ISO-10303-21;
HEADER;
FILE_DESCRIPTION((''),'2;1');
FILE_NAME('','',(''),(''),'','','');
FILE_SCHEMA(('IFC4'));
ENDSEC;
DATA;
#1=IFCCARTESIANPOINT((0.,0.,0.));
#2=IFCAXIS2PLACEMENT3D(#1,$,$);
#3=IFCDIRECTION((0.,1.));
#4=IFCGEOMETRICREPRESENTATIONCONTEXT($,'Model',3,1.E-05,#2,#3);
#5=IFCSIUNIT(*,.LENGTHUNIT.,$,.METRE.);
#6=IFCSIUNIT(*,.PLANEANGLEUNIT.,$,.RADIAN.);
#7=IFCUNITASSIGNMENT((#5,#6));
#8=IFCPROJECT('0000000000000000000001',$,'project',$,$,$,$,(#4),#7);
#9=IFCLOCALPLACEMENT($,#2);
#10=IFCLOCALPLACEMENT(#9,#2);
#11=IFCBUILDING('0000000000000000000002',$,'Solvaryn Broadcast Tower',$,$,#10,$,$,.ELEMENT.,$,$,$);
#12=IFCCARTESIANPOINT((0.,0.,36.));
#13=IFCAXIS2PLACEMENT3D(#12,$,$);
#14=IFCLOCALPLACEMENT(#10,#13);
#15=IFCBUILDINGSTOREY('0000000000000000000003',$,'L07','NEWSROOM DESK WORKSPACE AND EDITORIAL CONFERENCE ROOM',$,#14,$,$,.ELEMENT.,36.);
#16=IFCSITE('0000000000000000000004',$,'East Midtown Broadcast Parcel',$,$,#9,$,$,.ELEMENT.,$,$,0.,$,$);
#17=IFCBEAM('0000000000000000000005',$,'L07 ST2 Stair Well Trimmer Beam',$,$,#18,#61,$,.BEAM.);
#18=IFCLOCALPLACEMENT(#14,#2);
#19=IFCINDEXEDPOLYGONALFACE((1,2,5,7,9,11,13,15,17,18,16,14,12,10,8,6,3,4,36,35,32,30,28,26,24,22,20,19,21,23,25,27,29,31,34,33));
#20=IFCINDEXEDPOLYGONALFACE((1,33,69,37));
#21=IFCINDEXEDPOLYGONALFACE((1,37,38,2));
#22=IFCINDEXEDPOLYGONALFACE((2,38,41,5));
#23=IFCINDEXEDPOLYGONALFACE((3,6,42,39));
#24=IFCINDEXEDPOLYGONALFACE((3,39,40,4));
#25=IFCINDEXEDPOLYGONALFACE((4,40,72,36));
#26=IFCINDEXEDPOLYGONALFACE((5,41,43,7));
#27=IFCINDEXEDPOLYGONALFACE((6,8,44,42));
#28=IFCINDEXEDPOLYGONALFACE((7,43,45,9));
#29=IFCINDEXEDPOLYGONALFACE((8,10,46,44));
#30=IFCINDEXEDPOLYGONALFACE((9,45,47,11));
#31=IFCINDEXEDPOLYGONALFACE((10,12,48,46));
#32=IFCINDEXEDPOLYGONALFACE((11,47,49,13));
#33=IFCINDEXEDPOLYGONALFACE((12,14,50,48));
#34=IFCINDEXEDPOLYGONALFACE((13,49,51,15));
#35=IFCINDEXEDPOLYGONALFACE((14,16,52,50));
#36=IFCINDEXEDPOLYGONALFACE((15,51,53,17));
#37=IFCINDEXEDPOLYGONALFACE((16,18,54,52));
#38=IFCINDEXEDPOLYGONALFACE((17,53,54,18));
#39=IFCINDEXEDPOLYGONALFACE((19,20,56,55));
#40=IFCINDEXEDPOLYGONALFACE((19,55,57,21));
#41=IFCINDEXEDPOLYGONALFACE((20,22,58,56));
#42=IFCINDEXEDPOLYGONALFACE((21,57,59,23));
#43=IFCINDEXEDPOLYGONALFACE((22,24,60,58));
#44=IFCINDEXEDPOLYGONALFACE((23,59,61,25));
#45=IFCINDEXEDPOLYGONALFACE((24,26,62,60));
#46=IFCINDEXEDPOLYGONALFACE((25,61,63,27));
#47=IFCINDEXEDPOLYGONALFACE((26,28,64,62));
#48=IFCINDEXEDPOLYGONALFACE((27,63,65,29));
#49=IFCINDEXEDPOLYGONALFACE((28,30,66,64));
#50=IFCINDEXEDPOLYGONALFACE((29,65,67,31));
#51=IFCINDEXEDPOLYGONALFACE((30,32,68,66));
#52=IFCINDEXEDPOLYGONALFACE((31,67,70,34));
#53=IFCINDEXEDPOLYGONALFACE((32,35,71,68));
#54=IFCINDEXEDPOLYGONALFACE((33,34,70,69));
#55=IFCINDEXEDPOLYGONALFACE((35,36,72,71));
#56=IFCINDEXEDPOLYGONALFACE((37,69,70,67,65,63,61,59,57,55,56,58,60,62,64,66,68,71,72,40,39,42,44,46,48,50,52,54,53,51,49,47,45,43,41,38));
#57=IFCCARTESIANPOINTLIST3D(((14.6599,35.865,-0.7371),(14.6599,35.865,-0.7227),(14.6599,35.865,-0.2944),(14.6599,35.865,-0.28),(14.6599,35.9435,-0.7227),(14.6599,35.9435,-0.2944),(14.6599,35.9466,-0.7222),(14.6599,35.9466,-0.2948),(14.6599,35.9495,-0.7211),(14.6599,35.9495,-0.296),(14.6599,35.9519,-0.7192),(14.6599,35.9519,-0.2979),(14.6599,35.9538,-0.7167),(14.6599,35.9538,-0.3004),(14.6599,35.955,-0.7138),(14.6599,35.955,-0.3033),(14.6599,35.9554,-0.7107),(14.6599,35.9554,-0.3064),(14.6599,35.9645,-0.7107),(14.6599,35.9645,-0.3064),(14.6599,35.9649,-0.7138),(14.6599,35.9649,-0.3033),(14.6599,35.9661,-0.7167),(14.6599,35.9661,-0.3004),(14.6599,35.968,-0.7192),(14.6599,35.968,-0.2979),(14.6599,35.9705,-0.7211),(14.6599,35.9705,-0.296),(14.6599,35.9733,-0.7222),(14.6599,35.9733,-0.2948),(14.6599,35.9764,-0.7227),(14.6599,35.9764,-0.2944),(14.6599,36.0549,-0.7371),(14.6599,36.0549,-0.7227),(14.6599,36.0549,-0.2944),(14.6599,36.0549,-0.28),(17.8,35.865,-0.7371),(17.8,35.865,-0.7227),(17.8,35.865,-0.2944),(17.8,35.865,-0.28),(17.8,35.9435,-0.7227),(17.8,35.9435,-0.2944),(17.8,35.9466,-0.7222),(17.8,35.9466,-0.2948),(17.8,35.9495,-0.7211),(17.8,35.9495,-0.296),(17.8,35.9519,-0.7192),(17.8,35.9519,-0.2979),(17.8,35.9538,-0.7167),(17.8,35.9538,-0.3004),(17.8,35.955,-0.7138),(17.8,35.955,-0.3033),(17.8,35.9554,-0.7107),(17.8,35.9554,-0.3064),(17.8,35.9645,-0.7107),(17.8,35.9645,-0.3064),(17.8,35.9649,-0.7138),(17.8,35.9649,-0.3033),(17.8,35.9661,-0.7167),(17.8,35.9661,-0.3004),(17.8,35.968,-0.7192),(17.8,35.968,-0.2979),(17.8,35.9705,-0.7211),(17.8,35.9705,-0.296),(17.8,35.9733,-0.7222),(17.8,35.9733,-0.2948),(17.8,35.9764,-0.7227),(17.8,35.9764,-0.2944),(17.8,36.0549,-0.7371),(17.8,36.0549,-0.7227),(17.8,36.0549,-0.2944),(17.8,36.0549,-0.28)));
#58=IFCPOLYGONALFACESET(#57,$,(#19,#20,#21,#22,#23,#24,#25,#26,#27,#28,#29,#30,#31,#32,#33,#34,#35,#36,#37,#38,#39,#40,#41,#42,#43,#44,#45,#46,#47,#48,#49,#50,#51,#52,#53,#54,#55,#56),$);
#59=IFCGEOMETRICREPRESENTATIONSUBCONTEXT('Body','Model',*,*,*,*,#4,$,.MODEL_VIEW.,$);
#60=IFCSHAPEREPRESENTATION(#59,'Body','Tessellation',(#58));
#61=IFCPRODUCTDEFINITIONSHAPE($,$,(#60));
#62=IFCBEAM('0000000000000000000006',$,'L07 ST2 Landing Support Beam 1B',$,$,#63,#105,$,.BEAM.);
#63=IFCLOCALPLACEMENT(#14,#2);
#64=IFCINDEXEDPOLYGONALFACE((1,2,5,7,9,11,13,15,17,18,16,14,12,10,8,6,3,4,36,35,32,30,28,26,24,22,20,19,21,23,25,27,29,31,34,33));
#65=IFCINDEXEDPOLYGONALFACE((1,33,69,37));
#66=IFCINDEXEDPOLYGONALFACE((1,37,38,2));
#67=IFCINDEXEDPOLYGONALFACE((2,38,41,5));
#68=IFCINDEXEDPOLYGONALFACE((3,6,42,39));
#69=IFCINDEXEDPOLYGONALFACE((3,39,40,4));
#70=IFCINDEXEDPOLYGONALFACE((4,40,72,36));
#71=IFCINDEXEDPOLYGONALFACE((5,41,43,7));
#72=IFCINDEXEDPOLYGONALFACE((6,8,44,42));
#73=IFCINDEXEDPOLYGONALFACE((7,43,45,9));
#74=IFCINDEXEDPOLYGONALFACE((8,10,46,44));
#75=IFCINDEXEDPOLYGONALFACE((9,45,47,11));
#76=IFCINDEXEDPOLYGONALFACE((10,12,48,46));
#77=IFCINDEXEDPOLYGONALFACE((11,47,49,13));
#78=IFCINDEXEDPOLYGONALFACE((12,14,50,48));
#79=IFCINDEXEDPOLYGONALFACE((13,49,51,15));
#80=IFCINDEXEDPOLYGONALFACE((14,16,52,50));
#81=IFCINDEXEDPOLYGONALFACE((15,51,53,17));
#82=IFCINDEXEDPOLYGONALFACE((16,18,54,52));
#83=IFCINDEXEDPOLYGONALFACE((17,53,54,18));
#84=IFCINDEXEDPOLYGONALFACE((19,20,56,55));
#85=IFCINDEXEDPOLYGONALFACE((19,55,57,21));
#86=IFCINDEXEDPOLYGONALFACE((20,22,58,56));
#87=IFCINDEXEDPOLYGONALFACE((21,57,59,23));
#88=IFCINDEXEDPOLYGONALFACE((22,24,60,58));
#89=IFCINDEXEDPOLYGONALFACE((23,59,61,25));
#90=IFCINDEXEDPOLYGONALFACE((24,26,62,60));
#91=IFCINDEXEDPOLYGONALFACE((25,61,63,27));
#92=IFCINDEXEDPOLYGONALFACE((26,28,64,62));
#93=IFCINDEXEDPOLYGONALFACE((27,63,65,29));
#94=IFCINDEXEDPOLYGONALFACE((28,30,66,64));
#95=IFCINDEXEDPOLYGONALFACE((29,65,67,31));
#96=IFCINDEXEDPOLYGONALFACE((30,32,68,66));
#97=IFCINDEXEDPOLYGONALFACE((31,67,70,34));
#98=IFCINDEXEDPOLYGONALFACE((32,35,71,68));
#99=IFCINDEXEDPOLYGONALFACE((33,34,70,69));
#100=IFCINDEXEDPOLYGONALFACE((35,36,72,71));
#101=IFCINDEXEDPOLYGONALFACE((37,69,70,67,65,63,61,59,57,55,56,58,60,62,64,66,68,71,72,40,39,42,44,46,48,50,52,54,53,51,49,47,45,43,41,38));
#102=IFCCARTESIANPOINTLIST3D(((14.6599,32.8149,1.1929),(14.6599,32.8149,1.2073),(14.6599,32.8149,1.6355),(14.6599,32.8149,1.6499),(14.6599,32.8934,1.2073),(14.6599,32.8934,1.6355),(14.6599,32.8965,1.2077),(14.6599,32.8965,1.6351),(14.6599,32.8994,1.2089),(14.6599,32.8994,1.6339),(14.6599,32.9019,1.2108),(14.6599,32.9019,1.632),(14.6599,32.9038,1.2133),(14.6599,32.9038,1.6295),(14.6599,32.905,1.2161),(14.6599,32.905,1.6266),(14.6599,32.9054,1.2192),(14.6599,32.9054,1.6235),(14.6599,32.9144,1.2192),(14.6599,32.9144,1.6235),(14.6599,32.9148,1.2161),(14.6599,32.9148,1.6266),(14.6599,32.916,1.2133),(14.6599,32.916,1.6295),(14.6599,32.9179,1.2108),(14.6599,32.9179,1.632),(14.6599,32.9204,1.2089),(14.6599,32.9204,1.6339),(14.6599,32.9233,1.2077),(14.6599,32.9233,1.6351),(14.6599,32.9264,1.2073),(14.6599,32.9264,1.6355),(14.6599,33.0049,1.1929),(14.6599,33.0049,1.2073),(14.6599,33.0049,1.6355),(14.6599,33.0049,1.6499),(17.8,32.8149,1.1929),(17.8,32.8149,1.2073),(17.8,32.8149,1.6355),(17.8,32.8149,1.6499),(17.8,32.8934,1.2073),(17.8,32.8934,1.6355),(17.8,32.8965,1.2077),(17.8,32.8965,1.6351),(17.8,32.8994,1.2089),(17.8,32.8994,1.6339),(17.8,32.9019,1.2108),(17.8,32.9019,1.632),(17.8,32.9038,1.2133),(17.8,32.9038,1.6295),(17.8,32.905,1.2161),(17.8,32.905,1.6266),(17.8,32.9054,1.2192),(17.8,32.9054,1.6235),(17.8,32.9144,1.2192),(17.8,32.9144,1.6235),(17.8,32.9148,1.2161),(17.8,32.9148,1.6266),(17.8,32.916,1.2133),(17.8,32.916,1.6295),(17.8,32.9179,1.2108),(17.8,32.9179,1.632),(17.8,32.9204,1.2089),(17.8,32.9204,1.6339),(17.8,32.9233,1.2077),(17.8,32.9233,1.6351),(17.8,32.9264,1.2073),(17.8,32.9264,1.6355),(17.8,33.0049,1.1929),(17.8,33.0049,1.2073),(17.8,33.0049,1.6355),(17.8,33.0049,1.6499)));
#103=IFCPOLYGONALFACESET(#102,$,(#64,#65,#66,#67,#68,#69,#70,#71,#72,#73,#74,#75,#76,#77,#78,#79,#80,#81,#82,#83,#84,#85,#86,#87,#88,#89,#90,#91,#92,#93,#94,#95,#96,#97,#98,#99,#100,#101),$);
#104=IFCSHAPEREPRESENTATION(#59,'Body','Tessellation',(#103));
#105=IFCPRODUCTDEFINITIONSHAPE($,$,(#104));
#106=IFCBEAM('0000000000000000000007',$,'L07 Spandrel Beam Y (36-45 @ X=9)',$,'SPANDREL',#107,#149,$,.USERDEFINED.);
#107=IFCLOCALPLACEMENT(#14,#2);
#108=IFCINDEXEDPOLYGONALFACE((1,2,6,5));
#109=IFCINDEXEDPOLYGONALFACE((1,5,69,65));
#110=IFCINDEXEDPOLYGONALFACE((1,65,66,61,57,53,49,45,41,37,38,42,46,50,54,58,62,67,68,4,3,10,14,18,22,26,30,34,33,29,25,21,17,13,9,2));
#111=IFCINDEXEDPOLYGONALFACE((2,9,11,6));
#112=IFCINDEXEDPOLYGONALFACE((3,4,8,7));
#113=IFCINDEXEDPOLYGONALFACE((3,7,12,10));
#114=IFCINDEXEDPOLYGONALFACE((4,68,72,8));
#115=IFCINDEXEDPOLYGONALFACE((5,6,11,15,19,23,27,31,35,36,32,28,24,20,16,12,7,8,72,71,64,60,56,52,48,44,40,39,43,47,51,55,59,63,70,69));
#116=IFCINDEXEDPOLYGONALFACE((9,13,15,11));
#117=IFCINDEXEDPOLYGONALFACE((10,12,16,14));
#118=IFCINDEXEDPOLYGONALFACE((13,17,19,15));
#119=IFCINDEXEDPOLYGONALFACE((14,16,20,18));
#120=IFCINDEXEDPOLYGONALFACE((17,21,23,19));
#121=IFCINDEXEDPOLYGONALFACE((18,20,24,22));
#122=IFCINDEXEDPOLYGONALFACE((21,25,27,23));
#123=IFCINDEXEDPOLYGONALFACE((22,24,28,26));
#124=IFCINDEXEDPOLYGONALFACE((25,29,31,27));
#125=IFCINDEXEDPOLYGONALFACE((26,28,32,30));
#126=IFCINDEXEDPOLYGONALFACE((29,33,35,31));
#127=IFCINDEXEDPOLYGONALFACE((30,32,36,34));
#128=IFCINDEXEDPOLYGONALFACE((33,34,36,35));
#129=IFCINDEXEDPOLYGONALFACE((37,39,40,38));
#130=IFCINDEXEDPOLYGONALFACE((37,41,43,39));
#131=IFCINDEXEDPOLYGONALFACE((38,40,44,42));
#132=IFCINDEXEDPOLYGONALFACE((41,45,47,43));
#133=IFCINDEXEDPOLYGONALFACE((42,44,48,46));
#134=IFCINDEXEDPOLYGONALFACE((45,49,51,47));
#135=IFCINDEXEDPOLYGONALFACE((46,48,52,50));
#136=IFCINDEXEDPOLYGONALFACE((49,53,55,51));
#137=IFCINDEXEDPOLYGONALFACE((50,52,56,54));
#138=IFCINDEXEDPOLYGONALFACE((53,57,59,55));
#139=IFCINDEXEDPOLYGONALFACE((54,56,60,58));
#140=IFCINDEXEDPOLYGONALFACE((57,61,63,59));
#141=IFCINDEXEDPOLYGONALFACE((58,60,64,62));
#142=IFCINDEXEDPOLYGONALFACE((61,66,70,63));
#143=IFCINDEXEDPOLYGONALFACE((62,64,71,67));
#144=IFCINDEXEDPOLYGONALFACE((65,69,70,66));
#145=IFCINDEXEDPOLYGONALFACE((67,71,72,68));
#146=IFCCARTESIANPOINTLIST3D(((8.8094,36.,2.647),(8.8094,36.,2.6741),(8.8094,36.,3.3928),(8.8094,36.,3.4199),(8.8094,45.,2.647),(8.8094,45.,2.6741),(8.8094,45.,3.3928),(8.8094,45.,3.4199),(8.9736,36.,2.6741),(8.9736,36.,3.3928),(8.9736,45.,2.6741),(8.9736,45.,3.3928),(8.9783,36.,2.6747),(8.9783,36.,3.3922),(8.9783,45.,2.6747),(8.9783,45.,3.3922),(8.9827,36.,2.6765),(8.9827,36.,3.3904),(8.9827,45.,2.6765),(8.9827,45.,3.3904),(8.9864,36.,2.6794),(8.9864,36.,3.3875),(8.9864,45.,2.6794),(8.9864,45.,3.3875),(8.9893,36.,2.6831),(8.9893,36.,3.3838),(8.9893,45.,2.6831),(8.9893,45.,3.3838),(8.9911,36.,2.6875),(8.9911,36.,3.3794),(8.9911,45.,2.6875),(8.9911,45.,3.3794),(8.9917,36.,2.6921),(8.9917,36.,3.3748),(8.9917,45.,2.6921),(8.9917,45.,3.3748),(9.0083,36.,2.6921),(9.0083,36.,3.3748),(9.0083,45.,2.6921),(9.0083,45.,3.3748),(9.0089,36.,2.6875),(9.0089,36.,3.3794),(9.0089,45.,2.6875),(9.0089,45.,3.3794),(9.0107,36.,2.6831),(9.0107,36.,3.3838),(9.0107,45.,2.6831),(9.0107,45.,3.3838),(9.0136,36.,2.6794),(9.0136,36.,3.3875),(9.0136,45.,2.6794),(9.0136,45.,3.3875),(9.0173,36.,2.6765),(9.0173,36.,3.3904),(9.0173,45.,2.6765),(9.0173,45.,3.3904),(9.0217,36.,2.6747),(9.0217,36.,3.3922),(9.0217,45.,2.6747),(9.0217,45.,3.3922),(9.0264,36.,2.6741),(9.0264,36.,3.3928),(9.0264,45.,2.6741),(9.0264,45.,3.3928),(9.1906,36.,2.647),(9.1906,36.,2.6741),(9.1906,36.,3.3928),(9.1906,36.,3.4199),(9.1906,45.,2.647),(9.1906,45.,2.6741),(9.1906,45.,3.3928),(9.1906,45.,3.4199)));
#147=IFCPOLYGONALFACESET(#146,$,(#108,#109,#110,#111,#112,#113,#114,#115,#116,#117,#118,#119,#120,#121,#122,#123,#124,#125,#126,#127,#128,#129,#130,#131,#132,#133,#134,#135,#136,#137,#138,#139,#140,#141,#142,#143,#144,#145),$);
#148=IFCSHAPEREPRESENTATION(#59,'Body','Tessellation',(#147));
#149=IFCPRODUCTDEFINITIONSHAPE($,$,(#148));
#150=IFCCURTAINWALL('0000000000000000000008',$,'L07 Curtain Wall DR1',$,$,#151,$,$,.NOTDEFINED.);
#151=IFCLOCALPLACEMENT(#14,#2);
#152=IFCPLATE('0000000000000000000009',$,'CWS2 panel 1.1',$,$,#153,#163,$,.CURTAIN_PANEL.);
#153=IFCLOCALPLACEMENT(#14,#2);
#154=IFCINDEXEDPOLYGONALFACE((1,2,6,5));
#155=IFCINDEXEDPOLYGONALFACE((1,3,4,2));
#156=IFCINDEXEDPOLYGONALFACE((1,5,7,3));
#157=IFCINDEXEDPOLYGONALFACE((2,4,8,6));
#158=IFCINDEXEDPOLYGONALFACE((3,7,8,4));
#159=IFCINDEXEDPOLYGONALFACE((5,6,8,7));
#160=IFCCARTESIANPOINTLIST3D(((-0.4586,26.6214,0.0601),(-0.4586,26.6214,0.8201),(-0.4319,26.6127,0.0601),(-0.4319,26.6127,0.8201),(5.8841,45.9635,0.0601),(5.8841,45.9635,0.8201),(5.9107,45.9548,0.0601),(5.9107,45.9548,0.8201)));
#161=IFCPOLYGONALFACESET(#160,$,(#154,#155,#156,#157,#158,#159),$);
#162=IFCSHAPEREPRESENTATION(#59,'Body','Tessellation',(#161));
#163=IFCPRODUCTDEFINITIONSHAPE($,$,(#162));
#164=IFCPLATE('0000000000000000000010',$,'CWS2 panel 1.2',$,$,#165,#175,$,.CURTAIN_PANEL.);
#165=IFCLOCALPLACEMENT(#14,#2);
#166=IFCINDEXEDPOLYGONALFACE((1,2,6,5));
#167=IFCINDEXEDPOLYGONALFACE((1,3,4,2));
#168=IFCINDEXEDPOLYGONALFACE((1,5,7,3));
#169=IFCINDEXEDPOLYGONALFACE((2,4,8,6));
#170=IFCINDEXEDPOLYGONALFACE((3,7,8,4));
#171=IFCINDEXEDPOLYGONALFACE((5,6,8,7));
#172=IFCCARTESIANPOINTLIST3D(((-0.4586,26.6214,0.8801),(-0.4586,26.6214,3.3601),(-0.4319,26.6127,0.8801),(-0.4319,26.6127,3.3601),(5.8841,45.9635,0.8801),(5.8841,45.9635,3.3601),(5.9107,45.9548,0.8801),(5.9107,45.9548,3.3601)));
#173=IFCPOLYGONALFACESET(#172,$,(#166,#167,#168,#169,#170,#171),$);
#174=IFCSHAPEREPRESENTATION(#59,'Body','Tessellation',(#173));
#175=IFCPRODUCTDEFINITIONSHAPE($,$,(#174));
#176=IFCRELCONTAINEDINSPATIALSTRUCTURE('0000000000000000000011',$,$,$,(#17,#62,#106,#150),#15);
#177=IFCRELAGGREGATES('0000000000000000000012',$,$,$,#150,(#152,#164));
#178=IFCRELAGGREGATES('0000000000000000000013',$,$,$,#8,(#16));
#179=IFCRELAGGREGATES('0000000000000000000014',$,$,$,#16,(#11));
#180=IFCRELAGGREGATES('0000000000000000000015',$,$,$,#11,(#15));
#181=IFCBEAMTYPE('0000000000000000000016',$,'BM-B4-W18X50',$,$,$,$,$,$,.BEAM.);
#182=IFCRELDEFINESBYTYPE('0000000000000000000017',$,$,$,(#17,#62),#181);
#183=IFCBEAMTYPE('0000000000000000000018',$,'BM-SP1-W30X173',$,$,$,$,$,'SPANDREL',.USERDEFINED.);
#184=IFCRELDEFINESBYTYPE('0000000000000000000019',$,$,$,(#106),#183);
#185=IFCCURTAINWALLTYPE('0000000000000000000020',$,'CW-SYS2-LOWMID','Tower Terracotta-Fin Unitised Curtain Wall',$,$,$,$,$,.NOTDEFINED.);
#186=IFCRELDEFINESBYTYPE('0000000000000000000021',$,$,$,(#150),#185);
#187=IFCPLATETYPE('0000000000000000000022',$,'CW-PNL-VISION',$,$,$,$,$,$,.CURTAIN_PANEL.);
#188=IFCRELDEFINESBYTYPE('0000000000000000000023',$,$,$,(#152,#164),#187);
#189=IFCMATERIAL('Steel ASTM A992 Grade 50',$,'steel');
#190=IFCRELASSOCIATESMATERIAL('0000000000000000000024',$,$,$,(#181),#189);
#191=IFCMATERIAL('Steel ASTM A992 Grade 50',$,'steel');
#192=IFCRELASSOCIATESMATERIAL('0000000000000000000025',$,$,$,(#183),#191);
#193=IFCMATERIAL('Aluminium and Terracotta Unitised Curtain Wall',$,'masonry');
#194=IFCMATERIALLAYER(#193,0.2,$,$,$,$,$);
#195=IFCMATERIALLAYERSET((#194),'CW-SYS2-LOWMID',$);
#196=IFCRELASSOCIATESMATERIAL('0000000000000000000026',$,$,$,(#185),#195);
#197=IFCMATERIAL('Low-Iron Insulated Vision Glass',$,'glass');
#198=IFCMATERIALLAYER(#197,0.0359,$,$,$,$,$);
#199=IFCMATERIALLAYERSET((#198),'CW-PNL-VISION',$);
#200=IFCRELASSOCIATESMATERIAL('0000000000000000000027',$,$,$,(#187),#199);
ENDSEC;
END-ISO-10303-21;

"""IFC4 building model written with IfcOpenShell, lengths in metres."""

from ifc_helpers import new_model, si_unit, direction, frame, origin, origin_2d, place, context, subcontext, project, spatial, rectangle, i_section, extrude, material, layer, layer_set, material_profile, profile_set, type_object, element, aggregate, save


model = new_model("IFC4")

# Units and contexts
model_context = context("Model", 3, precision=1e-05, world=origin(), true_north=direction((0.0, 1.0)))
body_context = subcontext(model_context, "Body", "Model", "MODEL_VIEW")
ifc_project = project(units=[si_unit("LENGTHUNIT", "METRE"), si_unit("PLANEANGLEUNIT", "RADIAN")], contexts=[model_context])

# Site, building, storey
site_placement = place(None, origin())
site = spatial("IfcSite", under=ifc_project, at=site_placement, Name="East Midtown Broadcast Parcel", CompositionType="ELEMENT", RefElevation=0.0)
building_placement = place(site_placement, origin())
building = spatial("IfcBuilding", under=site, at=building_placement, Name="Solvaryn Broadcast Tower", CompositionType="ELEMENT")
storey_placement = place(building_placement, frame((0.0, 0.0, 36.0)))
storey = spatial("IfcBuildingStorey", under=building, at=storey_placement, Name="L07", Description="NEWSROOM DESK WORKSPACE AND EDITORIAL CONFERENCE ROOM", CompositionType="ELEMENT", Elevation=36.0)

# Beams
ifc_material_1 = material(Name="Steel ASTM A992 Grade 50", Category="steel")
ifc_material_profile_1 = material_profile(ifc_material_1, i_section(OverallWidth=0.1899, OverallDepth=0.457, WebThickness=0.009, FlangeThickness=0.0144, FilletRadius=0.012, at=origin_2d()))
ifc_profile_set_1 = profile_set([ifc_material_profile_1], Name="Steel ASTM A992 Grade 50")
beam_type_1 = type_object("IfcBeamType", Name="BM-B4-W18X50", PredefinedType="BEAM", material=ifc_profile_set_1)
for number, where, z_axis, x_axis, name in (
    (1, (14.6599, 35.96, -0.5085), (1.0, 0.0, 0.0), (0.0, 1.0, 0.0), "L07 ST2 Stair Well Trimmer Beam"),
    (2, (14.6599, 32.9099, 1.4214), (1.0, 0.0, 0.0), (0.0, 1.0, 0.0), "L07 ST2 Landing Support Beam 1B"),
):
    element("IfcBeam", number, at=place(storey_placement, frame(where, z_axis=z_axis, x_axis=x_axis)), inside=storey, type_object=beam_type_1, Name=name, PredefinedType="BEAM", context=body_context, shape_type="SweptSolid", body=[
        extrude(i_section(OverallWidth=0.1899, OverallDepth=0.457, WebThickness=0.009, FlangeThickness=0.0144, FilletRadius=0.012, at=origin_2d()), origin(), (0.0, 0.0, 1.0), 3.1401),
    ])
ifc_material_2 = material(Name="Steel ASTM A992 Grade 50", Category="steel")
ifc_material_profile_2 = material_profile(ifc_material_2, i_section(OverallWidth=0.3811, OverallDepth=0.7729, WebThickness=0.0166, FlangeThickness=0.0271, FilletRadius=0.0181, at=origin_2d()))
ifc_profile_set_2 = profile_set([ifc_material_profile_2], Name="Steel ASTM A992 Grade 50")
beam_type_2 = type_object("IfcBeamType", Name="BM-SP1-W30X173", ElementType="SPANDREL", PredefinedType="USERDEFINED", material=ifc_profile_set_2)
beam_1_placement = place(storey_placement, frame((9.0, 36.0, 3.0334), z_axis=(0.0, 1.0, 0.0), x_axis=(-1.0, 0.0, 0.0)))
element("IfcBeam", 3, at=beam_1_placement, inside=storey, type_object=beam_type_2, Name="L07 Spandrel Beam Y (36-45 @ X=9)", ObjectType="SPANDREL", PredefinedType="USERDEFINED", context=body_context, shape_type="SweptSolid", body=[
    extrude(i_section(OverallWidth=0.3811, OverallDepth=0.7729, WebThickness=0.0166, FlangeThickness=0.0271, FilletRadius=0.0181, at=origin_2d()), origin(), (0.0, 0.0, 1.0), 9.0),
])

# Curtain wall, plates
ifc_material_3 = material(Name="Aluminium and Terracotta Unitised Curtain Wall", Category="masonry")
ifc_layer_1 = layer(ifc_material_3, 0.2)
ifc_layer_set_1 = layer_set([ifc_layer_1], Name="CW-SYS2-LOWMID")
curtain_wall_type = type_object("IfcCurtainWallType", Name="CW-SYS2-LOWMID", Description="Tower Terracotta-Fin Unitised Curtain Wall", PredefinedType="NOTDEFINED", material=ifc_layer_set_1)
curtain_wall_placement = place(storey_placement, origin())
curtain_wall = element("IfcCurtainWall", 4, at=curtain_wall_placement, inside=storey, type_object=curtain_wall_type, Name="L07 Curtain Wall DR1", PredefinedType="NOTDEFINED")
ifc_material_4 = material(Name="Low-Iron Insulated Vision Glass", Category="glass")
ifc_layer_2 = layer(ifc_material_4, 0.0359)
ifc_layer_set_2 = layer_set([ifc_layer_2], Name="CW-PNL-VISION")
plate_type = type_object("IfcPlateType", Name="CW-PNL-VISION", PredefinedType="CURTAIN_PANEL", material=ifc_layer_set_2)
plate_1_placement = place(storey_placement, frame((2.7261, 36.2881, 0.0601), z_axis=(0.0, 0.0, 1.0), x_axis=(-0.311594, -0.950215, 0.0)))
plate_1 = element("IfcPlate", 5, at=plate_1_placement, type_object=plate_type, Name="CWS2 panel 1.1", PredefinedType="CURTAIN_PANEL", context=body_context, shape_type="SweptSolid", body=[
    extrude(rectangle(XDim=20.3555, YDim=0.0281, at=origin_2d()), origin(), (0.0, 0.0, 1.0), 0.76),
])
plate_2_placement = place(storey_placement, frame((2.7261, 36.2881, 0.8801), z_axis=(0.0, 0.0, 1.0), x_axis=(-0.311594, -0.950215, 0.0)))
plate_2 = element("IfcPlate", 6, at=plate_2_placement, type_object=plate_type, Name="CWS2 panel 1.2", PredefinedType="CURTAIN_PANEL", context=body_context, shape_type="SweptSolid", body=[
    extrude(rectangle(XDim=20.3555, YDim=0.0281, at=origin_2d()), origin(), (0.0, 0.0, 1.0), 2.48),
])
aggregate(curtain_wall, [plate_1, plate_2])

save(model, "model.ifc")
